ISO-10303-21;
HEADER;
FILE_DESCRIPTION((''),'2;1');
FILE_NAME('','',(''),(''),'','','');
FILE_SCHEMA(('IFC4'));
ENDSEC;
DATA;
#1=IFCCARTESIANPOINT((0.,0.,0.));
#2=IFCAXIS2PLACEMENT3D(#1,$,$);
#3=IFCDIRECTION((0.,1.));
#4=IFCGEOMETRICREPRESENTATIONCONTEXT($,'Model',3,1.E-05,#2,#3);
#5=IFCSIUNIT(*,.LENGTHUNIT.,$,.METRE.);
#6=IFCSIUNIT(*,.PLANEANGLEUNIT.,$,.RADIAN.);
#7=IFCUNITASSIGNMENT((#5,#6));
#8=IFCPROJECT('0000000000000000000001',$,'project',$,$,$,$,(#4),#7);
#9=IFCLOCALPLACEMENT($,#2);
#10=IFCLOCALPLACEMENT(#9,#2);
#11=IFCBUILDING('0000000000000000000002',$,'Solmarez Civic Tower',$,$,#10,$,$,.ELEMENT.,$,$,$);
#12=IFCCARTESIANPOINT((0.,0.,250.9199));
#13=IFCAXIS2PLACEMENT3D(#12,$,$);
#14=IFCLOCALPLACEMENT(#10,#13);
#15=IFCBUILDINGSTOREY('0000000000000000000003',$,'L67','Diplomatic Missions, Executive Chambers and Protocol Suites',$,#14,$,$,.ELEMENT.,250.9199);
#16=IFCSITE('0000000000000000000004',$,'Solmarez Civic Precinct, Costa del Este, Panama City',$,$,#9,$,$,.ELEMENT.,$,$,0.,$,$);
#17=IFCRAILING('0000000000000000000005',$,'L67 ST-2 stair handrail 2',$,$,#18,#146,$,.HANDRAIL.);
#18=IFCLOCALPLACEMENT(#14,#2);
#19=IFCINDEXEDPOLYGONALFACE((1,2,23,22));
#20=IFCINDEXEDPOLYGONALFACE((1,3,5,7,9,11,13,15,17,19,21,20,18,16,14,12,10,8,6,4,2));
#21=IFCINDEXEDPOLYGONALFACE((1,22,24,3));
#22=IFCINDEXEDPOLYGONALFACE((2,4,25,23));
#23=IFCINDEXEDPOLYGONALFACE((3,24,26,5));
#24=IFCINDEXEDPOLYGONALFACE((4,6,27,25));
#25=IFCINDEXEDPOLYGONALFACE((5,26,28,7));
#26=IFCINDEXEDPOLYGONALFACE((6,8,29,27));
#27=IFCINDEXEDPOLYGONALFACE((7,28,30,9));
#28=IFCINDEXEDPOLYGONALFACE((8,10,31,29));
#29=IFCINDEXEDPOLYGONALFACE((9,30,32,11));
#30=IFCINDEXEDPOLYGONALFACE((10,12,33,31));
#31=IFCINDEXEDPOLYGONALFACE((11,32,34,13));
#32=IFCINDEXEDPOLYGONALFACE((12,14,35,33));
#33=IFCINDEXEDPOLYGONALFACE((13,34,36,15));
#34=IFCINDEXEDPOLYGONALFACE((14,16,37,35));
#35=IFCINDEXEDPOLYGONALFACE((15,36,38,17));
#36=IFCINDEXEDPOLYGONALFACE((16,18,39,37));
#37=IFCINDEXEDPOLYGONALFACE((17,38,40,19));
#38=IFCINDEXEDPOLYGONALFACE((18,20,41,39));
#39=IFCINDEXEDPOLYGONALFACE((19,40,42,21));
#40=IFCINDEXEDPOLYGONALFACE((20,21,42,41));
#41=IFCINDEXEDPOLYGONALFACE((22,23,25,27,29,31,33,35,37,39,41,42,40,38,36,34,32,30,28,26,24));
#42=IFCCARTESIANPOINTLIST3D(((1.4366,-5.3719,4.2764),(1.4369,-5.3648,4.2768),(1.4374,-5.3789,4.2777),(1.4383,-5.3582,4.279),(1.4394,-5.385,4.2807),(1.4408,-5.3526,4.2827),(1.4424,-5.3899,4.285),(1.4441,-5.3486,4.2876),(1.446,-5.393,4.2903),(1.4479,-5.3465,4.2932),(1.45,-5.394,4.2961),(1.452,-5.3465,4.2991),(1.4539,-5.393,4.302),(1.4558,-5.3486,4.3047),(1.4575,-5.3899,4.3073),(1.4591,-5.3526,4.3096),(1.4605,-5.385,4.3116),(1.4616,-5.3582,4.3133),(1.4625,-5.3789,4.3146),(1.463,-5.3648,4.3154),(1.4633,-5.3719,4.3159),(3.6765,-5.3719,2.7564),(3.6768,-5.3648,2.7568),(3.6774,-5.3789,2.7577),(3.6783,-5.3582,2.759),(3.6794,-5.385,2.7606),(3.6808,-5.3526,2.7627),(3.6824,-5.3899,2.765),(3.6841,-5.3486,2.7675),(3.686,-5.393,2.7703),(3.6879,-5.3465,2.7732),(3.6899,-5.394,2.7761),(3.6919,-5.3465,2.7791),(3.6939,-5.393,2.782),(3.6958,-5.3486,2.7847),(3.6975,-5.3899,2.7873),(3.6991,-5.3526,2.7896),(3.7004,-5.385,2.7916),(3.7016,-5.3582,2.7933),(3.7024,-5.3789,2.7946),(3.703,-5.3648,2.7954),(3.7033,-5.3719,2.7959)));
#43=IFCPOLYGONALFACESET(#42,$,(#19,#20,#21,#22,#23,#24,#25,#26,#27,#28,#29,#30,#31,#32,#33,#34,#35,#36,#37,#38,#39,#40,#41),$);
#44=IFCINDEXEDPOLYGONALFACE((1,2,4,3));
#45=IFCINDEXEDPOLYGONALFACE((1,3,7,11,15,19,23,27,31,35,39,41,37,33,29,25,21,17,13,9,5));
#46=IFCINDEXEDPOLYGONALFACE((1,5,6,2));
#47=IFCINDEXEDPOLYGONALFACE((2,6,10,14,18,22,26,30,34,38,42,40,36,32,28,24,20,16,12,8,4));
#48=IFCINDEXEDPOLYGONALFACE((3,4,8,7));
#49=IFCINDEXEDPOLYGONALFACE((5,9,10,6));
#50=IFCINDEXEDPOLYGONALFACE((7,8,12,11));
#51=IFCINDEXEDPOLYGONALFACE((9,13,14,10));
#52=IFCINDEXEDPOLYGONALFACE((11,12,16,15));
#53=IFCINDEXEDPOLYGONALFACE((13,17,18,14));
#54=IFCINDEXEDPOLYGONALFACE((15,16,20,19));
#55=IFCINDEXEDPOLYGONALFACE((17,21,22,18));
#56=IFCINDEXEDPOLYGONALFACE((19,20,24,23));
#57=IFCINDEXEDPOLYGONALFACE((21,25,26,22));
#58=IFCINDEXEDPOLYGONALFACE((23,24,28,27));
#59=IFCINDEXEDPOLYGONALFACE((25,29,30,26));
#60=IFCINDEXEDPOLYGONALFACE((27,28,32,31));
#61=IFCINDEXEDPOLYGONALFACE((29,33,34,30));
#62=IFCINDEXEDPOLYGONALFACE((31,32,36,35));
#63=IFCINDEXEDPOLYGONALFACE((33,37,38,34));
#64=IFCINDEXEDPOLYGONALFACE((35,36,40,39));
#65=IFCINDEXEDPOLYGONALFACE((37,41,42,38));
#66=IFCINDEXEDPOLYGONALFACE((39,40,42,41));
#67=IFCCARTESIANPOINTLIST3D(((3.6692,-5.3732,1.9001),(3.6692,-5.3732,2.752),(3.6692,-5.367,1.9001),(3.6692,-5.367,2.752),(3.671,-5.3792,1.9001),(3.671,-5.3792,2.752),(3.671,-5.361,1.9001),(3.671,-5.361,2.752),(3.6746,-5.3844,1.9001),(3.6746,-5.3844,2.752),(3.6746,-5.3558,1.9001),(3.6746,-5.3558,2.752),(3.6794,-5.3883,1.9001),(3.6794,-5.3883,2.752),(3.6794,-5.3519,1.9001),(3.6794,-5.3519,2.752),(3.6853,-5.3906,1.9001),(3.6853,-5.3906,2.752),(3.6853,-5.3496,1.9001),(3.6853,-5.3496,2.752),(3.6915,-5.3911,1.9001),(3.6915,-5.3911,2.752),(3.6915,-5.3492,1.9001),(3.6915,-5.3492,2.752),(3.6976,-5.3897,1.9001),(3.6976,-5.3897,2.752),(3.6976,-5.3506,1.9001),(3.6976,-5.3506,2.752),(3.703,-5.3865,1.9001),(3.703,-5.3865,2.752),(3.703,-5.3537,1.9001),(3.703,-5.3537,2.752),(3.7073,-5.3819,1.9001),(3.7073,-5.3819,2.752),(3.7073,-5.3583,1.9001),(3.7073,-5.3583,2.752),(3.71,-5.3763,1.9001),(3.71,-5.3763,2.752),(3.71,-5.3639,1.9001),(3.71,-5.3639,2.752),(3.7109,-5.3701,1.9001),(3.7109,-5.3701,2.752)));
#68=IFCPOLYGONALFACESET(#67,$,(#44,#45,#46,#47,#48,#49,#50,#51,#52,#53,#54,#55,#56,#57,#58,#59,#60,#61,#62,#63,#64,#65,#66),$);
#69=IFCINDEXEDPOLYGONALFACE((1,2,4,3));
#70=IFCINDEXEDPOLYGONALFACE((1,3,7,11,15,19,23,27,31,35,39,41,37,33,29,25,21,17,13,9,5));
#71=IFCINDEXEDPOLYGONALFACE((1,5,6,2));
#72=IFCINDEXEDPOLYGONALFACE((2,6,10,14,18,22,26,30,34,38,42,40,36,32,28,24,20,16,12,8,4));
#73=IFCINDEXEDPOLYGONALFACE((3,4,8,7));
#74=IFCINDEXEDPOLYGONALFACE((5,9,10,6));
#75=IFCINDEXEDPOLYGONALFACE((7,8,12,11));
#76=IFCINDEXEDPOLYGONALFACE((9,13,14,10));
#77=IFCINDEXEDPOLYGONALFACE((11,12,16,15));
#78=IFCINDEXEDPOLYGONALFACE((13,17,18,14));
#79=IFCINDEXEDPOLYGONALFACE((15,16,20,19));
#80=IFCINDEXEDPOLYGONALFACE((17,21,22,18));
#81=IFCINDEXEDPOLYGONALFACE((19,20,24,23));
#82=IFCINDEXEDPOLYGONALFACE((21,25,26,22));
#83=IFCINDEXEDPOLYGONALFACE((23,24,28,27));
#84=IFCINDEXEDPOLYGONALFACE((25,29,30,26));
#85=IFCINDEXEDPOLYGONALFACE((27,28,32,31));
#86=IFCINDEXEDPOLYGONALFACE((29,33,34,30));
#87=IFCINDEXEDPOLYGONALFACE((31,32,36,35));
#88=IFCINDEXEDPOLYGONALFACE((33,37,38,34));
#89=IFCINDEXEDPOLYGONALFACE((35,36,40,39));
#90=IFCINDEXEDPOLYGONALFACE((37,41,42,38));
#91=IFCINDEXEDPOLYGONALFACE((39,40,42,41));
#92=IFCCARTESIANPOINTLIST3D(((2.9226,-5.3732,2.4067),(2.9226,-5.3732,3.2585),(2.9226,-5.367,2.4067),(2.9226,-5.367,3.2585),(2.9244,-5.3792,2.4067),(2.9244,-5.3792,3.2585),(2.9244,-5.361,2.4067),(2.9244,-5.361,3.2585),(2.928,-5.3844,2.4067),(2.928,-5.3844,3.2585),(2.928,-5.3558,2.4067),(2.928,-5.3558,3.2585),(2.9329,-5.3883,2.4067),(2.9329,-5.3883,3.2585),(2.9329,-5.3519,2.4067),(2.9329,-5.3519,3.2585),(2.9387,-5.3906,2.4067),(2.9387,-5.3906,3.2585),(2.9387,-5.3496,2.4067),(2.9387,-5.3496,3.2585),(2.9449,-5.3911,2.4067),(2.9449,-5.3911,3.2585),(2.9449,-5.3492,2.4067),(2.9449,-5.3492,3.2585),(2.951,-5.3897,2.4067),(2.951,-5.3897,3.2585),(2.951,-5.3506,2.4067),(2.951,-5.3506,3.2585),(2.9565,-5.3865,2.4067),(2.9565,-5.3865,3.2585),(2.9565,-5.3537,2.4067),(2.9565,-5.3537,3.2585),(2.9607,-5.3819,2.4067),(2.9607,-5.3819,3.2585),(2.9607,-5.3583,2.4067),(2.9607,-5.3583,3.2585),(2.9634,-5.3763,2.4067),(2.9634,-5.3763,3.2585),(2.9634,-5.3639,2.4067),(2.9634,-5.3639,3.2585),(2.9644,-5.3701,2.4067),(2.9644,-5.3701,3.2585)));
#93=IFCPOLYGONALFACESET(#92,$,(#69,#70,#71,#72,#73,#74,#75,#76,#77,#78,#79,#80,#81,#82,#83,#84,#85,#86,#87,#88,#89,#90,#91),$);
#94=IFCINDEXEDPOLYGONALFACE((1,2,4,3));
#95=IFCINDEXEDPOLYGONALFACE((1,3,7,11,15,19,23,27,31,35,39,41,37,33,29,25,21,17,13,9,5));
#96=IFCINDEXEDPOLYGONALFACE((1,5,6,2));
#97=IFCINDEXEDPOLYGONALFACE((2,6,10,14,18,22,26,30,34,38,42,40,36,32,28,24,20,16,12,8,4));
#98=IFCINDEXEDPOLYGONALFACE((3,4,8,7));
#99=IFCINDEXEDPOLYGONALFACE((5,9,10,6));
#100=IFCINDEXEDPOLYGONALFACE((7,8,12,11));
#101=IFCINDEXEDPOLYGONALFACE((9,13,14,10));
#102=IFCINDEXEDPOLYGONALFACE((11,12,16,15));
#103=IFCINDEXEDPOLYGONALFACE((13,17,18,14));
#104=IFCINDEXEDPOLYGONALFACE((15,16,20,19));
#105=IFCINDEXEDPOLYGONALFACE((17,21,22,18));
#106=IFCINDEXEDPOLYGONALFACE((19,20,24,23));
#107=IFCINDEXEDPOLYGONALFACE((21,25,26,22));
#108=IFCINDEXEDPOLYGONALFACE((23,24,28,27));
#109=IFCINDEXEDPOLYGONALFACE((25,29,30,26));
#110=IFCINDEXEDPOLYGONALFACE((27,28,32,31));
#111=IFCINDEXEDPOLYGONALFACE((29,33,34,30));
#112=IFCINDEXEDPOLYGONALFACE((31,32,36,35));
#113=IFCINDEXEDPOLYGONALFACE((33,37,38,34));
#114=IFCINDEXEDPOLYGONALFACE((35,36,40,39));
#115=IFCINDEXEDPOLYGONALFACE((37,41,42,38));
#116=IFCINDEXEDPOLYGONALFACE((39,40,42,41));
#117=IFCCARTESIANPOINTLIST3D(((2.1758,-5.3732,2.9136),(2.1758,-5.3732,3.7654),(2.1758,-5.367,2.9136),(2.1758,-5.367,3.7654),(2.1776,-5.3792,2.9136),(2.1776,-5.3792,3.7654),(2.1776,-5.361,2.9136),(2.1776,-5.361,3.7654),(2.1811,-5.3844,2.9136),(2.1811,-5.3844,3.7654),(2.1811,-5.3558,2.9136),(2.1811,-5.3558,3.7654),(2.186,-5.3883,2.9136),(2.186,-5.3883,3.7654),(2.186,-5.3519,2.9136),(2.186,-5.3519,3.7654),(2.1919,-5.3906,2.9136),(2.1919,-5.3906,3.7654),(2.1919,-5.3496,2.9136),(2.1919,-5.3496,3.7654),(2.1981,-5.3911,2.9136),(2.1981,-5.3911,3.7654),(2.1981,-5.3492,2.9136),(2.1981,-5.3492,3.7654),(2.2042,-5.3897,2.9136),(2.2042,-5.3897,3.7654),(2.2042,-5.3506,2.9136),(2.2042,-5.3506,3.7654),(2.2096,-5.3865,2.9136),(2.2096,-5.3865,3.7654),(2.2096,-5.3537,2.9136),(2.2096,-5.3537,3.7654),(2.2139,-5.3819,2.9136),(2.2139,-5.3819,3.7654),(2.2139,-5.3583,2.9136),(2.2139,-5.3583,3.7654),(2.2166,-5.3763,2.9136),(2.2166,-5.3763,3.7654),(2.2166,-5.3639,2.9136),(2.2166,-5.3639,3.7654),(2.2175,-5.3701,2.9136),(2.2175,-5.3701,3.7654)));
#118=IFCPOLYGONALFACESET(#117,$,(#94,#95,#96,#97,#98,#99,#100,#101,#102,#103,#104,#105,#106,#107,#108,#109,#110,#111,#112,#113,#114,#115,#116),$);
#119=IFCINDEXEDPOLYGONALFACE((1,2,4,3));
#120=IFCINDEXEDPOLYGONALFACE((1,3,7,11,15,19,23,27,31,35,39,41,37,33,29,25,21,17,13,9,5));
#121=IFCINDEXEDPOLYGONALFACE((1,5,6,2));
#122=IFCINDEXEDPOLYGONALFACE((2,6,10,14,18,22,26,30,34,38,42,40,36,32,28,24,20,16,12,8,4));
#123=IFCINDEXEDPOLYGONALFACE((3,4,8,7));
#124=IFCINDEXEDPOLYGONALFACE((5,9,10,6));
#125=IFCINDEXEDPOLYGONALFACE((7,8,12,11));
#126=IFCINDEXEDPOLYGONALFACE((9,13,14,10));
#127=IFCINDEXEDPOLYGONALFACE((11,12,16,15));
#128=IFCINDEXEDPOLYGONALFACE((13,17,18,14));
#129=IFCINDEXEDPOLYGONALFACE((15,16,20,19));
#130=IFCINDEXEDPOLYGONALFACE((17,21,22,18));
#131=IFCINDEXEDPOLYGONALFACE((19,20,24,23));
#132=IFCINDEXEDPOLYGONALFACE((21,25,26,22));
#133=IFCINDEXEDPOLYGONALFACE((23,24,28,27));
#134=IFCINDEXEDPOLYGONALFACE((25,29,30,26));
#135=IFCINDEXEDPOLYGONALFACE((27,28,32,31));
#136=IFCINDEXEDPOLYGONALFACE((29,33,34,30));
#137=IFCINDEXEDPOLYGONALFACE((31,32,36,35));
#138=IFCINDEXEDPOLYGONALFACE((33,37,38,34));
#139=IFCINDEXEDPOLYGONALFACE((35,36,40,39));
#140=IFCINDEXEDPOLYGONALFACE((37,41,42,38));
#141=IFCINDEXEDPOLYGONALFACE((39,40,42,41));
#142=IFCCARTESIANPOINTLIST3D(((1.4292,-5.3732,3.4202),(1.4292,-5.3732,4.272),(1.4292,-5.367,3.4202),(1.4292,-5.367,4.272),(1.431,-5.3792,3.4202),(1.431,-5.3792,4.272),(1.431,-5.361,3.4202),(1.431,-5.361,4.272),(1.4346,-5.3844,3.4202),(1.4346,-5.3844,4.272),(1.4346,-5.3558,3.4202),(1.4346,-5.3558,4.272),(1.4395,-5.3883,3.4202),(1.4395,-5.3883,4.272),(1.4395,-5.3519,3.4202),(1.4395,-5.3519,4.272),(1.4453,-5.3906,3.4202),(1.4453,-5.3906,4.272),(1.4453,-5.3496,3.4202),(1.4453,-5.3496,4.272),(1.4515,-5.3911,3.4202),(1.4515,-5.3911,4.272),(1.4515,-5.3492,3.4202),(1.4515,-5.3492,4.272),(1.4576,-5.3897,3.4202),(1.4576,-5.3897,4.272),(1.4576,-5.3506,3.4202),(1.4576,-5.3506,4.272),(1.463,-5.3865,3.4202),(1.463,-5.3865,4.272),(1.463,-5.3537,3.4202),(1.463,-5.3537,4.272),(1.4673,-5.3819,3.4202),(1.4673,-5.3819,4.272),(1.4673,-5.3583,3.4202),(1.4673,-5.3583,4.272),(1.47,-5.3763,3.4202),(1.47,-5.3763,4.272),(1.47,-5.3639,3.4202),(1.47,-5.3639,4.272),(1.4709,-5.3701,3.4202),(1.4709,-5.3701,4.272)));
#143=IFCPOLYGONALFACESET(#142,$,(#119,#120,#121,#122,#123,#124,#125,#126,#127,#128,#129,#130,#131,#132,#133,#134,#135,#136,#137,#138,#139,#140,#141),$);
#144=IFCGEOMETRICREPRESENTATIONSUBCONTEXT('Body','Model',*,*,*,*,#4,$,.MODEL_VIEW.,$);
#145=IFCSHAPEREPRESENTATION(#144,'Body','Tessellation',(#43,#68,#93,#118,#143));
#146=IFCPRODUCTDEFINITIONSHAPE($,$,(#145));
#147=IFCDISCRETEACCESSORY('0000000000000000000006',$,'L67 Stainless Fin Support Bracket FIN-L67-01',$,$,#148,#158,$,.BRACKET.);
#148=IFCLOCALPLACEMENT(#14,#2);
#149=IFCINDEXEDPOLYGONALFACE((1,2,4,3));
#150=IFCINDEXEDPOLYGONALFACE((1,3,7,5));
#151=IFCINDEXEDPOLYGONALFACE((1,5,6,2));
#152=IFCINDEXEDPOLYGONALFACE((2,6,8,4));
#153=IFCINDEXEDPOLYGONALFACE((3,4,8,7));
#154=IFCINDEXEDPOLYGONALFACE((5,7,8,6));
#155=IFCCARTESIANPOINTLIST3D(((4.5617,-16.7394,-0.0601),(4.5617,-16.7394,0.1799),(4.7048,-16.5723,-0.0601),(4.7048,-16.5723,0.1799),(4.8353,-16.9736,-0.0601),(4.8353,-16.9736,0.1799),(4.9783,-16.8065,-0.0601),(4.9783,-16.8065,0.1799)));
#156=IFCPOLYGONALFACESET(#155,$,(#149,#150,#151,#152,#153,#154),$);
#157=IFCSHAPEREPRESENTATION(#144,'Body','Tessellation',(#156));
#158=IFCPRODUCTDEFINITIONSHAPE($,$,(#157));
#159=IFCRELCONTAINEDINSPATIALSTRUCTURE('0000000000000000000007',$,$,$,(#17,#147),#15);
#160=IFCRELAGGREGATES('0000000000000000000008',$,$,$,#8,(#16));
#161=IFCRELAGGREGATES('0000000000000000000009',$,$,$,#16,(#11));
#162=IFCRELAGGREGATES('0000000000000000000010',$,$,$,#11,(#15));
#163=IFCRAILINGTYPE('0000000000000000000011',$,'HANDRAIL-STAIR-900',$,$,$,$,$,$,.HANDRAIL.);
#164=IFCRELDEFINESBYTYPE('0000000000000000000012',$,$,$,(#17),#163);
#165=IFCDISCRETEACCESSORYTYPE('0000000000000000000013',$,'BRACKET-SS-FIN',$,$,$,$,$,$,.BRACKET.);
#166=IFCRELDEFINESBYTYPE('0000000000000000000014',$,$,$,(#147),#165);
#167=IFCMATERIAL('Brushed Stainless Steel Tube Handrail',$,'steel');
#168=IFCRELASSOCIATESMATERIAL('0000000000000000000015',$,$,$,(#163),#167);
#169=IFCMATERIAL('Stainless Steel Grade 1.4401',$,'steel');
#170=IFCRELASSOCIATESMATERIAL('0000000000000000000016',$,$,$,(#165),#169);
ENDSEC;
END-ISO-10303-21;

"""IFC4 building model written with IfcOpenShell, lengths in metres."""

from ifc_helpers import new_model, si_unit, direction, frame, origin, origin_2d, place, context, subcontext, project, spatial, rectangle, circle, extrude, material, type_object, element, save


model = new_model("IFC4")

# Units and contexts
model_context = context("Model", 3, precision=1e-05, world=origin(), true_north=direction((0.0, 1.0)))
body_context = subcontext(model_context, "Body", "Model", "MODEL_VIEW")
ifc_project = project(units=[si_unit("LENGTHUNIT", "METRE"), si_unit("PLANEANGLEUNIT", "RADIAN")], contexts=[model_context])

# Site, building, storey
site_placement = place(None, origin())
site = spatial("IfcSite", under=ifc_project, at=site_placement, Name="Solmarez Civic Precinct, Costa del Este, Panama City", CompositionType="ELEMENT", RefElevation=0.0)
building_placement = place(site_placement, origin())
building = spatial("IfcBuilding", under=site, at=building_placement, Name="Solmarez Civic Tower", CompositionType="ELEMENT")
storey_placement = place(building_placement, frame((0.0, 0.0, 250.9199)))
storey = spatial("IfcBuildingStorey", under=building, at=storey_placement, Name="L67", Description="Diplomatic Missions, Executive Chambers and Protocol Suites", CompositionType="ELEMENT", Elevation=250.9199)

# Railing
ifc_material_1 = material(Name="Brushed Stainless Steel Tube Handrail", Category="steel")
railing_type_1 = type_object("IfcRailingType", Name="HANDRAIL-STAIR-900", PredefinedType="HANDRAIL", material=ifc_material_1)
railing_1_placement = place(storey_placement, frame((3.6899, -5.3701, 1.9001)))
element("IfcRailing", 1, at=railing_1_placement, inside=storey, type_object=railing_type_1, Name="L67 ST-2 stair handrail 2", PredefinedType="HANDRAIL", context=body_context, shape_type="SweptSolid", body=[
    extrude(circle(Radius=0.0239, at=origin_2d()), frame((0.0, 0.0, 0.876), z_axis=(-0.827471, 0.0, 0.561508), x_axis=(0.0, -1.0, 0.0)), (0.0, 0.0, 1.0), 2.707),
    extrude(circle(Radius=0.021, at=origin_2d()), origin(), (0.0, 0.0, 1.0), 0.8518),
    extrude(circle(Radius=0.021, at=origin_2d()), frame((-0.7466, 0.0, 0.5066)), (0.0, 0.0, 1.0), 0.8518),
    extrude(circle(Radius=0.021, at=origin_2d()), frame((-1.4934, 0.0, 1.0134)), (0.0, 0.0, 1.0), 0.8518),
    extrude(circle(Radius=0.021, at=origin_2d()), frame((-2.24, 0.0, 1.52)), (0.0, 0.0, 1.0), 0.8518),
])

# Discrete accessory
ifc_material_2 = material(Name="Stainless Steel Grade 1.4401", Category="steel")
discrete_accessory_type = type_object("IfcDiscreteAccessoryType", Name="BRACKET-SS-FIN", PredefinedType="BRACKET", material=ifc_material_2)
discrete_accessory_placement = place(storey_placement, frame((4.77, -16.7729, -0.0601), z_axis=(0.0, 0.0, 1.0), x_axis=(0.759688, -0.650287, 0.0)))
element("IfcDiscreteAccessory", 2, at=discrete_accessory_placement, inside=storey, type_object=discrete_accessory_type, Name="L67 Stainless Fin Support Bracket FIN-L67-01", PredefinedType="BRACKET", context=body_context, shape_type="SweptSolid", body=[
    extrude(rectangle(XDim=0.3601, YDim=0.22, at=origin_2d()), origin(), (0.0, 0.0, 1.0), 0.24),
])

save(model, "model.ifc")
